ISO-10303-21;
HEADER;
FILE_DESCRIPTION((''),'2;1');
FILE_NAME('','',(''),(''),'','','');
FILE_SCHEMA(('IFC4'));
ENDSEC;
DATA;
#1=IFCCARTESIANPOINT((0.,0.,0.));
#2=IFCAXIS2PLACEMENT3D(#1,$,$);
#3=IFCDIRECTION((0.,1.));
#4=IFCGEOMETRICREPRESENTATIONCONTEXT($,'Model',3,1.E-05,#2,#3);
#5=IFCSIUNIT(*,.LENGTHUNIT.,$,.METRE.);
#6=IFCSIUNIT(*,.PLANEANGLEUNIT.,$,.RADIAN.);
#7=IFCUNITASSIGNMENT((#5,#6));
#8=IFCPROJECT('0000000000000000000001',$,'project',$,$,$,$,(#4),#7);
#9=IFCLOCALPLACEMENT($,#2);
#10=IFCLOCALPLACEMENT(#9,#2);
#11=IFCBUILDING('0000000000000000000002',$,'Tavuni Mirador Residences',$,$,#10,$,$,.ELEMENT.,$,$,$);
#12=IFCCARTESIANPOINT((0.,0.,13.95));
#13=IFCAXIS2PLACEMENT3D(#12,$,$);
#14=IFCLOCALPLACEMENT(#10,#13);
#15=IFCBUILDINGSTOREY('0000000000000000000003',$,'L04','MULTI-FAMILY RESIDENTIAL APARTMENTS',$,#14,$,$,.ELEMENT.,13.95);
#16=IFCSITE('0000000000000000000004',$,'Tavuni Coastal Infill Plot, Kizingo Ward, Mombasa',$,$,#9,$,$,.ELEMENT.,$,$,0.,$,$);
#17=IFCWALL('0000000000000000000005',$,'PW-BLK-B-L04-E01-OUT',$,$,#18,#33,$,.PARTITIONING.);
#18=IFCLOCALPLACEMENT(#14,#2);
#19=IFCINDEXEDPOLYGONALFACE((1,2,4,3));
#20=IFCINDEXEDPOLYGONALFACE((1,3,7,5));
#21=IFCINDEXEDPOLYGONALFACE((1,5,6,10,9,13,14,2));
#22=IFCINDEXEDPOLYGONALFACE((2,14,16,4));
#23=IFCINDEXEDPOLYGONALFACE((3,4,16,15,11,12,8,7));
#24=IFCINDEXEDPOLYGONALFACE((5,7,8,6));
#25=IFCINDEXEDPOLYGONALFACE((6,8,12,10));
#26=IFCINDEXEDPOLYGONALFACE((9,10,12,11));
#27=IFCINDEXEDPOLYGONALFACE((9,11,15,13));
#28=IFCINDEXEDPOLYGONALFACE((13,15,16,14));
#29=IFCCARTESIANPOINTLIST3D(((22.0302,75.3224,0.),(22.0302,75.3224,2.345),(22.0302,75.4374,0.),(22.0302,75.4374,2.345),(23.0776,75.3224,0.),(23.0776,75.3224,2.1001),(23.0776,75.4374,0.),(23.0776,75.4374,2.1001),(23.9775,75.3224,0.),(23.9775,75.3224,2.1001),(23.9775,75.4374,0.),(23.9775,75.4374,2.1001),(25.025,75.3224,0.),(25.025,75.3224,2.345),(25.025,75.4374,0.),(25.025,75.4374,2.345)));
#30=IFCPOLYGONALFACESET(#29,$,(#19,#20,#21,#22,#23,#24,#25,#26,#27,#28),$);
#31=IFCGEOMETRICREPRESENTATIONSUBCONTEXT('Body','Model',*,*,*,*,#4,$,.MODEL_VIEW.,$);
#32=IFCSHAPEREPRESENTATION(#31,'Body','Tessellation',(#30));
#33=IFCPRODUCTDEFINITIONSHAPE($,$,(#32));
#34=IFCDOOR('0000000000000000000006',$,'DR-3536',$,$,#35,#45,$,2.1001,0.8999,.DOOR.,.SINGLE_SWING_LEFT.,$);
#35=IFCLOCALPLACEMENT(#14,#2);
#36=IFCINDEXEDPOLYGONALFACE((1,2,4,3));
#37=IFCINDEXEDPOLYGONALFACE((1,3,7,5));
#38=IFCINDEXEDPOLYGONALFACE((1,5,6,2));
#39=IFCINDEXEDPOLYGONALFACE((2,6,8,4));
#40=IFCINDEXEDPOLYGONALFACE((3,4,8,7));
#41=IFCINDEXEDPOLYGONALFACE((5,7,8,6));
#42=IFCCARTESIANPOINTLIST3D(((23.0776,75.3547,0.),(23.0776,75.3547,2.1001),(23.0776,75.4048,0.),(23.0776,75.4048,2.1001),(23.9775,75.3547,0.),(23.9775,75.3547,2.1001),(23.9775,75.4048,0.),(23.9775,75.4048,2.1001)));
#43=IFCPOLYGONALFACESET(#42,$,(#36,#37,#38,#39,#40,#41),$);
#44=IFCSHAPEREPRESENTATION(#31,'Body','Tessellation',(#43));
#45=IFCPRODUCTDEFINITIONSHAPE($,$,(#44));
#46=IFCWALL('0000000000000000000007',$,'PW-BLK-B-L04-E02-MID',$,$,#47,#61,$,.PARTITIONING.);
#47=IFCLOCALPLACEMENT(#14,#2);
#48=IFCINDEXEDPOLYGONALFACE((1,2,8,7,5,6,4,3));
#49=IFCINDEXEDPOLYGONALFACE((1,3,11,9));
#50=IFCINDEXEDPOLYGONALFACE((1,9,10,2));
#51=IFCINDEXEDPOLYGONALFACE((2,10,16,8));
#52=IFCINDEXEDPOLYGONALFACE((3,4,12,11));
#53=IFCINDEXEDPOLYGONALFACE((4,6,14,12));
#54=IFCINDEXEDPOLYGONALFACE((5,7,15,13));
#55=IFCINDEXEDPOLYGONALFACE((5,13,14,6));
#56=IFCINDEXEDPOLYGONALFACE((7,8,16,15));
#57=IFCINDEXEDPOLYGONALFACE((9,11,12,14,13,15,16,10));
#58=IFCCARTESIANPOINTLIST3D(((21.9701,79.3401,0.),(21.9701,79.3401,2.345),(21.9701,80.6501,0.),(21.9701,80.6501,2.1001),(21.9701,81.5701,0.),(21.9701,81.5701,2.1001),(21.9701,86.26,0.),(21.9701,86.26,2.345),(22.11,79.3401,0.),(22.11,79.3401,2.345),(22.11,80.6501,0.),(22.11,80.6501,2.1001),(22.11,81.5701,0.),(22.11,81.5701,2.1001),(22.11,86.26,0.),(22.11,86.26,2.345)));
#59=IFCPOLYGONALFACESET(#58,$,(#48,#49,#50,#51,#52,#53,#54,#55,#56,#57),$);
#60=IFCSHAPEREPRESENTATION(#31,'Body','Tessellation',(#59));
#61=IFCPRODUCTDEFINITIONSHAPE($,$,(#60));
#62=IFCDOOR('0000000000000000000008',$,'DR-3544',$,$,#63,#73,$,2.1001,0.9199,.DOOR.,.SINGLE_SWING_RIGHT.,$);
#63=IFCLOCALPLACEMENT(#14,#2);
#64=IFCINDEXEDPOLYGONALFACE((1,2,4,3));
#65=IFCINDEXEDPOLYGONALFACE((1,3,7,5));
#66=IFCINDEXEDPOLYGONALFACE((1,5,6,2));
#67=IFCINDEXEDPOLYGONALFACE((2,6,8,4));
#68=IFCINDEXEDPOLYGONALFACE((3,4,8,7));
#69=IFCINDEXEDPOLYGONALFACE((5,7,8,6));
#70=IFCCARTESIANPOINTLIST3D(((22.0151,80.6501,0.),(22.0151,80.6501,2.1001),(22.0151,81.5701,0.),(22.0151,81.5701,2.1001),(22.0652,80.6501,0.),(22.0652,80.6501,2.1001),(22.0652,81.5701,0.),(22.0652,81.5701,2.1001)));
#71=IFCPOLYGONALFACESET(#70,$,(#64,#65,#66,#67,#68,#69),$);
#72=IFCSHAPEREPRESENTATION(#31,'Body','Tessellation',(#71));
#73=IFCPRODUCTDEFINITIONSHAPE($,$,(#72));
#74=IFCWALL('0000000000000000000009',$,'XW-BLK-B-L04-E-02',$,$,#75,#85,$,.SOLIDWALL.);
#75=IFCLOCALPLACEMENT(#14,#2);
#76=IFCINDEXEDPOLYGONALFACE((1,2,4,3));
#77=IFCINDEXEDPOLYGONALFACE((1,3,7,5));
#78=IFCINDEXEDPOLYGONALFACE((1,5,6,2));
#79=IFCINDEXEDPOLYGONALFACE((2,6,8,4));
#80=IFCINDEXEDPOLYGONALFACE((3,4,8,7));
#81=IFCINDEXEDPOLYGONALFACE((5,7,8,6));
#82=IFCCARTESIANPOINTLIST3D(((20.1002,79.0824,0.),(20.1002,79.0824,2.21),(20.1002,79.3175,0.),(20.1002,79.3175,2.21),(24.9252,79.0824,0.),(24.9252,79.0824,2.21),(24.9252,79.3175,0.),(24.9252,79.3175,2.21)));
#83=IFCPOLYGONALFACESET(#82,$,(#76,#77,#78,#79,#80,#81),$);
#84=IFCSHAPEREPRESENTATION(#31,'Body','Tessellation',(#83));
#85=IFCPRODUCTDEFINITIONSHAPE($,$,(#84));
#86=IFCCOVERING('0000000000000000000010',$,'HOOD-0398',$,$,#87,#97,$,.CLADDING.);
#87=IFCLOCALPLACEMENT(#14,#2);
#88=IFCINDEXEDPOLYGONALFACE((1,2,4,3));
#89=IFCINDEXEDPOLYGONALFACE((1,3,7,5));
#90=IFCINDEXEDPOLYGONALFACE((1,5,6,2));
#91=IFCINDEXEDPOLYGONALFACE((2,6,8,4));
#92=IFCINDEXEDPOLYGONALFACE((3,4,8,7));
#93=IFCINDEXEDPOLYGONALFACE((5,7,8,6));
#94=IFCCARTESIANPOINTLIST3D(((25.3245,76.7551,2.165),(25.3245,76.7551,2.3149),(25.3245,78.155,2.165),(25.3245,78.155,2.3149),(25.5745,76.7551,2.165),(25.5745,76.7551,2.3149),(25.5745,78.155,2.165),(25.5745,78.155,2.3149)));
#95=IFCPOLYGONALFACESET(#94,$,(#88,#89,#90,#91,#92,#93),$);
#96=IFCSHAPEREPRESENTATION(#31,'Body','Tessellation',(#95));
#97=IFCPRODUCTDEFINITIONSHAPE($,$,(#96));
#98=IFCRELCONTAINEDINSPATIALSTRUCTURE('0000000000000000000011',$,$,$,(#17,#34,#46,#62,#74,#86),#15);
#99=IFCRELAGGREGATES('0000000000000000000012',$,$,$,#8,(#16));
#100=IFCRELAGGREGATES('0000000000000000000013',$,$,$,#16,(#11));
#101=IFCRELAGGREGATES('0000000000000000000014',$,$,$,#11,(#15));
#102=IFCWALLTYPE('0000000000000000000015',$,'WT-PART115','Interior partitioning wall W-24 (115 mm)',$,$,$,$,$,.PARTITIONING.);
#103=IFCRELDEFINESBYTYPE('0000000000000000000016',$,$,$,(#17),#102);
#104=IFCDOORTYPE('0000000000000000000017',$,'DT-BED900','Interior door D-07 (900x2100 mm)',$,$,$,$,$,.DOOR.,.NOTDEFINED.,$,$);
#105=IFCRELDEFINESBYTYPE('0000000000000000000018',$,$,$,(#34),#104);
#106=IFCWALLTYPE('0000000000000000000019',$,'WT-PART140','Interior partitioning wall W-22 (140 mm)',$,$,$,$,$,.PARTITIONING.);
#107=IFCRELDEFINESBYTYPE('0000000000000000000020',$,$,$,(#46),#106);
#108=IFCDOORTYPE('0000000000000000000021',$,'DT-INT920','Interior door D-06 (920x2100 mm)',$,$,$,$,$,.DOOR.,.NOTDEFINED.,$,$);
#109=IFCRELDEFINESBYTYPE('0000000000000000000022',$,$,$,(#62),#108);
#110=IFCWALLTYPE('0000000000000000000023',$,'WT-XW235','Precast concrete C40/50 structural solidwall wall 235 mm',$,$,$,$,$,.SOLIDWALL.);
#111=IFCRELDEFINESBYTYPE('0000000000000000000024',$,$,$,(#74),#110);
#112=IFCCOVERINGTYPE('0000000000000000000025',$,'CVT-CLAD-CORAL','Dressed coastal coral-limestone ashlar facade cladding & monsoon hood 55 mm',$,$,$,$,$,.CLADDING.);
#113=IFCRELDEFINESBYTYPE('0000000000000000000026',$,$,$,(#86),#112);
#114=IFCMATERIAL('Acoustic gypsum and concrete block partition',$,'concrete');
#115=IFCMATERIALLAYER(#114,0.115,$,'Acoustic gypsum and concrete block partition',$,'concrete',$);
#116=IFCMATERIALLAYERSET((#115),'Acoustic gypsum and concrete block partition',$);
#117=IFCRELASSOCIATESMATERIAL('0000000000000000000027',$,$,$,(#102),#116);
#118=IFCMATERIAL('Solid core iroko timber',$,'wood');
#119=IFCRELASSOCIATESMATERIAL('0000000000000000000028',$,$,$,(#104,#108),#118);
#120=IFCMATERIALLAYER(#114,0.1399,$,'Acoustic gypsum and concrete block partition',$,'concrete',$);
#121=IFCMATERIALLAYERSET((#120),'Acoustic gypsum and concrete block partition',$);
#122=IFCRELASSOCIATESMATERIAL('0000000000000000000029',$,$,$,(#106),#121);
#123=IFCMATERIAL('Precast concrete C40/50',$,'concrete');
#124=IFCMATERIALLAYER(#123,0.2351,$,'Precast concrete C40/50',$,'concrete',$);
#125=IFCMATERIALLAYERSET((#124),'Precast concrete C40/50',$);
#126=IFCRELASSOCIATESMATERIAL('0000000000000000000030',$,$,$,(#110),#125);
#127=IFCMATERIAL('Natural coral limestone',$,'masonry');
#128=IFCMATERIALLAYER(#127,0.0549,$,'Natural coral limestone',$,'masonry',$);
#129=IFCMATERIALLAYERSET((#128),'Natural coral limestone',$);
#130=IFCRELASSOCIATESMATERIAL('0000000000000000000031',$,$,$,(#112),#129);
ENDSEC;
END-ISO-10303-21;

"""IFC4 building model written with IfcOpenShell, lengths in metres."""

from ifc_helpers import new_model, si_unit, direction, frame, frame_2d, origin, origin_2d, place, context, subcontext, project, spatial, rectangle, extrude, material, layer, layer_set, type_object, element, fill, save


model = new_model("IFC4")

# Units and contexts
model_context = context("Model", 3, precision=1e-05, world=origin(), true_north=direction((0.0, 1.0)))
body_context = subcontext(model_context, "Body", "Model", "MODEL_VIEW")
ifc_project = project(units=[si_unit("LENGTHUNIT", "METRE"), si_unit("PLANEANGLEUNIT", "RADIAN")], contexts=[model_context])

# Site, building, storey
site_placement = place(None, origin())
site = spatial("IfcSite", under=ifc_project, at=site_placement, Name="Tavuni Coastal Infill Plot, Kizingo Ward, Mombasa", CompositionType="ELEMENT", RefElevation=0.0)
building_placement = place(site_placement, origin())
building = spatial("IfcBuilding", under=site, at=building_placement, Name="Tavuni Mirador Residences", CompositionType="ELEMENT")
storey_placement = place(building_placement, frame((0.0, 0.0, 13.95)))
storey = spatial("IfcBuildingStorey", under=building, at=storey_placement, Name="L04", Description="MULTI-FAMILY RESIDENTIAL APARTMENTS", CompositionType="ELEMENT", Elevation=13.95)

# Shared definitions
ifc_material_1 = material(Name="Precast concrete C40/50", Category="concrete")

# Walls, openings, doors
ifc_material_2 = material(Name="Solid core iroko timber", Category="wood")
ifc_material_3 = material(Name="Acoustic gypsum and concrete block partition", Category="concrete")
ifc_layer_1 = layer(ifc_material_3, 0.115, Name="Acoustic gypsum and concrete block partition", Category="concrete")
ifc_layer_set_1 = layer_set([ifc_layer_1], Name="Acoustic gypsum and concrete block partition")
wall_type_1 = type_object("IfcWallType", Name="WT-PART115", Description="Interior partitioning wall W-24 (115 mm)", PredefinedType="PARTITIONING", material=ifc_layer_set_1)
wall_1_placement = place(storey_placement, frame((22.03, 75.3799, 0.0), z_axis=(0.0, 0.0, 1.0), x_axis=(1.0, 0.0, 0.0)))
wall_1 = element("IfcWall", 1, at=wall_1_placement, inside=storey, type_object=wall_type_1, Name="PW-BLK-B-L04-E01-OUT", PredefinedType="PARTITIONING", context=body_context, shape_type="SweptSolid", body=[
    extrude(rectangle(XDim=2.9949, YDim=0.115, at=frame_2d((1.4976, 0.0))), origin(), (0.0, 0.0, 1.0), 2.345),
])
opening_1_placement = place(wall_1_placement, frame((1.0476, 0.0, 0.0)))
opening_1 = element("IfcOpeningElement", 2, at=opening_1_placement, cuts=wall_1, PredefinedType="OPENING", context=body_context, shape_type="SweptSolid", body=[
    extrude(rectangle(XDim=0.8999, YDim=2.1001, at=frame_2d((0.45, 1.05))), frame((0.0, 0.0674, 0.0), z_axis=(0.0, -1.0, 0.0), x_axis=(1.0, 0.0, 0.0)), (0.0, 0.0, 1.0), 0.135),
])
door_type_1 = type_object("IfcDoorType", Name="DT-BED900", Description="Interior door D-07 (900x2100 mm)", OperationType="NOTDEFINED", PredefinedType="DOOR", material=ifc_material_2)
door_1_placement = place(opening_1_placement, origin())
door_1 = element("IfcDoor", 3, at=door_1_placement, inside=storey, type_object=door_type_1, Name="DR-3536", OperationType="SINGLE_SWING_LEFT", OverallHeight=2.1001, OverallWidth=0.8999, PredefinedType="DOOR", context=body_context, shape_type="SweptSolid", body=[
    extrude(rectangle(XDim=0.8999, YDim=2.1001, at=frame_2d((0.45, 1.05))), frame((0.0, 0.0249, 0.0), z_axis=(0.0, -1.0, 0.0), x_axis=(1.0, 0.0, 0.0)), (0.0, 0.0, 1.0), 0.05),
])
fill(opening_1, door_1)
ifc_layer_2 = layer(ifc_material_3, 0.1399, Name="Acoustic gypsum and concrete block partition", Category="concrete")
ifc_layer_set_2 = layer_set([ifc_layer_2], Name="Acoustic gypsum and concrete block partition")
wall_type_2 = type_object("IfcWallType", Name="WT-PART140", Description="Interior partitioning wall W-22 (140 mm)", PredefinedType="PARTITIONING", material=ifc_layer_set_2)
wall_2_placement = place(storey_placement, frame((22.04, 79.3401, 0.0), z_axis=(0.0, 0.0, 1.0), x_axis=(0.0, 1.0, 0.0)))
wall_2 = element("IfcWall", 4, at=wall_2_placement, inside=storey, type_object=wall_type_2, Name="PW-BLK-B-L04-E02-MID", PredefinedType="PARTITIONING", context=body_context, shape_type="SweptSolid", body=[
    extrude(rectangle(XDim=6.9199, YDim=0.1399, at=frame_2d((3.46, 0.0))), origin(), (0.0, 0.0, 1.0), 2.345),
])
opening_2_placement = place(wall_2_placement, frame((1.3101, 0.0, 0.0)))
opening_2 = element("IfcOpeningElement", 5, at=opening_2_placement, cuts=wall_2, PredefinedType="OPENING", context=body_context, shape_type="SweptSolid", body=[
    extrude(rectangle(XDim=0.9199, YDim=2.1001, at=frame_2d((0.46, 1.05))), frame((0.0, 0.0801, 0.0), z_axis=(0.0, -1.0, 0.0), x_axis=(1.0, 0.0, 0.0)), (0.0, 0.0, 1.0), 0.1599),
])
door_type_2 = type_object("IfcDoorType", Name="DT-INT920", Description="Interior door D-06 (920x2100 mm)", OperationType="NOTDEFINED", PredefinedType="DOOR", material=ifc_material_2)
door_2_placement = place(opening_2_placement, origin())
door_2 = element("IfcDoor", 6, at=door_2_placement, inside=storey, type_object=door_type_2, Name="DR-3544", OperationType="SINGLE_SWING_RIGHT", OverallHeight=2.1001, OverallWidth=0.9199, PredefinedType="DOOR", context=body_context, shape_type="SweptSolid", body=[
    extrude(rectangle(XDim=0.9199, YDim=2.1001, at=frame_2d((0.46, 1.05))), frame((0.0, 0.0249, 0.0), z_axis=(0.0, -1.0, 0.0), x_axis=(1.0, 0.0, 0.0)), (0.0, 0.0, 1.0), 0.05),
])
fill(opening_2, door_2)

# Wall
ifc_layer_3 = layer(ifc_material_1, 0.2351, Name="Precast concrete C40/50", Category="concrete")
ifc_layer_set_3 = layer_set([ifc_layer_3], Name="Precast concrete C40/50")
wall_type_3 = type_object("IfcWallType", Name="WT-XW235", Description="Precast concrete C40/50 structural solidwall wall 235 mm", PredefinedType="SOLIDWALL", material=ifc_layer_set_3)
wall_3_placement = place(storey_placement, frame((20.1001, 79.2, 0.0), z_axis=(0.0, 0.0, 1.0), x_axis=(1.0, 0.0, 0.0)))
element("IfcWall", 7, at=wall_3_placement, inside=storey, type_object=wall_type_3, Name="XW-BLK-B-L04-E-02", PredefinedType="SOLIDWALL", context=body_context, shape_type="SweptSolid", body=[
    extrude(rectangle(XDim=4.825, YDim=0.2351, at=frame_2d((2.4126, 0.0))), origin(), (0.0, 0.0, 1.0), 2.21),
])

# Covering
ifc_material_4 = material(Name="Natural coral limestone", Category="masonry")
ifc_layer_4 = layer(ifc_material_4, 0.0549, Name="Natural coral limestone", Category="masonry")
ifc_layer_set_4 = layer_set([ifc_layer_4], Name="Natural coral limestone")
covering_type = type_object("IfcCoveringType", Name="CVT-CLAD-CORAL", Description="Dressed coastal coral-limestone ashlar facade cladding & monsoon hood 55 mm", PredefinedType="CLADDING", material=ifc_layer_set_4)
covering_placement = place(storey_placement, frame((25.4495, 77.4551, 2.165), z_axis=(0.0, 0.0, 1.0), x_axis=(0.0, 1.0, 0.0)))
element("IfcCovering", 8, at=covering_placement, inside=storey, type_object=covering_type, Name="HOOD-0398", PredefinedType="CLADDING", context=body_context, shape_type="SweptSolid", body=[
    extrude(rectangle(XDim=1.3999, YDim=0.25, at=origin_2d()), origin(), (0.0, 0.0, 1.0), 0.1499),
])

save(model, "model.ifc")
